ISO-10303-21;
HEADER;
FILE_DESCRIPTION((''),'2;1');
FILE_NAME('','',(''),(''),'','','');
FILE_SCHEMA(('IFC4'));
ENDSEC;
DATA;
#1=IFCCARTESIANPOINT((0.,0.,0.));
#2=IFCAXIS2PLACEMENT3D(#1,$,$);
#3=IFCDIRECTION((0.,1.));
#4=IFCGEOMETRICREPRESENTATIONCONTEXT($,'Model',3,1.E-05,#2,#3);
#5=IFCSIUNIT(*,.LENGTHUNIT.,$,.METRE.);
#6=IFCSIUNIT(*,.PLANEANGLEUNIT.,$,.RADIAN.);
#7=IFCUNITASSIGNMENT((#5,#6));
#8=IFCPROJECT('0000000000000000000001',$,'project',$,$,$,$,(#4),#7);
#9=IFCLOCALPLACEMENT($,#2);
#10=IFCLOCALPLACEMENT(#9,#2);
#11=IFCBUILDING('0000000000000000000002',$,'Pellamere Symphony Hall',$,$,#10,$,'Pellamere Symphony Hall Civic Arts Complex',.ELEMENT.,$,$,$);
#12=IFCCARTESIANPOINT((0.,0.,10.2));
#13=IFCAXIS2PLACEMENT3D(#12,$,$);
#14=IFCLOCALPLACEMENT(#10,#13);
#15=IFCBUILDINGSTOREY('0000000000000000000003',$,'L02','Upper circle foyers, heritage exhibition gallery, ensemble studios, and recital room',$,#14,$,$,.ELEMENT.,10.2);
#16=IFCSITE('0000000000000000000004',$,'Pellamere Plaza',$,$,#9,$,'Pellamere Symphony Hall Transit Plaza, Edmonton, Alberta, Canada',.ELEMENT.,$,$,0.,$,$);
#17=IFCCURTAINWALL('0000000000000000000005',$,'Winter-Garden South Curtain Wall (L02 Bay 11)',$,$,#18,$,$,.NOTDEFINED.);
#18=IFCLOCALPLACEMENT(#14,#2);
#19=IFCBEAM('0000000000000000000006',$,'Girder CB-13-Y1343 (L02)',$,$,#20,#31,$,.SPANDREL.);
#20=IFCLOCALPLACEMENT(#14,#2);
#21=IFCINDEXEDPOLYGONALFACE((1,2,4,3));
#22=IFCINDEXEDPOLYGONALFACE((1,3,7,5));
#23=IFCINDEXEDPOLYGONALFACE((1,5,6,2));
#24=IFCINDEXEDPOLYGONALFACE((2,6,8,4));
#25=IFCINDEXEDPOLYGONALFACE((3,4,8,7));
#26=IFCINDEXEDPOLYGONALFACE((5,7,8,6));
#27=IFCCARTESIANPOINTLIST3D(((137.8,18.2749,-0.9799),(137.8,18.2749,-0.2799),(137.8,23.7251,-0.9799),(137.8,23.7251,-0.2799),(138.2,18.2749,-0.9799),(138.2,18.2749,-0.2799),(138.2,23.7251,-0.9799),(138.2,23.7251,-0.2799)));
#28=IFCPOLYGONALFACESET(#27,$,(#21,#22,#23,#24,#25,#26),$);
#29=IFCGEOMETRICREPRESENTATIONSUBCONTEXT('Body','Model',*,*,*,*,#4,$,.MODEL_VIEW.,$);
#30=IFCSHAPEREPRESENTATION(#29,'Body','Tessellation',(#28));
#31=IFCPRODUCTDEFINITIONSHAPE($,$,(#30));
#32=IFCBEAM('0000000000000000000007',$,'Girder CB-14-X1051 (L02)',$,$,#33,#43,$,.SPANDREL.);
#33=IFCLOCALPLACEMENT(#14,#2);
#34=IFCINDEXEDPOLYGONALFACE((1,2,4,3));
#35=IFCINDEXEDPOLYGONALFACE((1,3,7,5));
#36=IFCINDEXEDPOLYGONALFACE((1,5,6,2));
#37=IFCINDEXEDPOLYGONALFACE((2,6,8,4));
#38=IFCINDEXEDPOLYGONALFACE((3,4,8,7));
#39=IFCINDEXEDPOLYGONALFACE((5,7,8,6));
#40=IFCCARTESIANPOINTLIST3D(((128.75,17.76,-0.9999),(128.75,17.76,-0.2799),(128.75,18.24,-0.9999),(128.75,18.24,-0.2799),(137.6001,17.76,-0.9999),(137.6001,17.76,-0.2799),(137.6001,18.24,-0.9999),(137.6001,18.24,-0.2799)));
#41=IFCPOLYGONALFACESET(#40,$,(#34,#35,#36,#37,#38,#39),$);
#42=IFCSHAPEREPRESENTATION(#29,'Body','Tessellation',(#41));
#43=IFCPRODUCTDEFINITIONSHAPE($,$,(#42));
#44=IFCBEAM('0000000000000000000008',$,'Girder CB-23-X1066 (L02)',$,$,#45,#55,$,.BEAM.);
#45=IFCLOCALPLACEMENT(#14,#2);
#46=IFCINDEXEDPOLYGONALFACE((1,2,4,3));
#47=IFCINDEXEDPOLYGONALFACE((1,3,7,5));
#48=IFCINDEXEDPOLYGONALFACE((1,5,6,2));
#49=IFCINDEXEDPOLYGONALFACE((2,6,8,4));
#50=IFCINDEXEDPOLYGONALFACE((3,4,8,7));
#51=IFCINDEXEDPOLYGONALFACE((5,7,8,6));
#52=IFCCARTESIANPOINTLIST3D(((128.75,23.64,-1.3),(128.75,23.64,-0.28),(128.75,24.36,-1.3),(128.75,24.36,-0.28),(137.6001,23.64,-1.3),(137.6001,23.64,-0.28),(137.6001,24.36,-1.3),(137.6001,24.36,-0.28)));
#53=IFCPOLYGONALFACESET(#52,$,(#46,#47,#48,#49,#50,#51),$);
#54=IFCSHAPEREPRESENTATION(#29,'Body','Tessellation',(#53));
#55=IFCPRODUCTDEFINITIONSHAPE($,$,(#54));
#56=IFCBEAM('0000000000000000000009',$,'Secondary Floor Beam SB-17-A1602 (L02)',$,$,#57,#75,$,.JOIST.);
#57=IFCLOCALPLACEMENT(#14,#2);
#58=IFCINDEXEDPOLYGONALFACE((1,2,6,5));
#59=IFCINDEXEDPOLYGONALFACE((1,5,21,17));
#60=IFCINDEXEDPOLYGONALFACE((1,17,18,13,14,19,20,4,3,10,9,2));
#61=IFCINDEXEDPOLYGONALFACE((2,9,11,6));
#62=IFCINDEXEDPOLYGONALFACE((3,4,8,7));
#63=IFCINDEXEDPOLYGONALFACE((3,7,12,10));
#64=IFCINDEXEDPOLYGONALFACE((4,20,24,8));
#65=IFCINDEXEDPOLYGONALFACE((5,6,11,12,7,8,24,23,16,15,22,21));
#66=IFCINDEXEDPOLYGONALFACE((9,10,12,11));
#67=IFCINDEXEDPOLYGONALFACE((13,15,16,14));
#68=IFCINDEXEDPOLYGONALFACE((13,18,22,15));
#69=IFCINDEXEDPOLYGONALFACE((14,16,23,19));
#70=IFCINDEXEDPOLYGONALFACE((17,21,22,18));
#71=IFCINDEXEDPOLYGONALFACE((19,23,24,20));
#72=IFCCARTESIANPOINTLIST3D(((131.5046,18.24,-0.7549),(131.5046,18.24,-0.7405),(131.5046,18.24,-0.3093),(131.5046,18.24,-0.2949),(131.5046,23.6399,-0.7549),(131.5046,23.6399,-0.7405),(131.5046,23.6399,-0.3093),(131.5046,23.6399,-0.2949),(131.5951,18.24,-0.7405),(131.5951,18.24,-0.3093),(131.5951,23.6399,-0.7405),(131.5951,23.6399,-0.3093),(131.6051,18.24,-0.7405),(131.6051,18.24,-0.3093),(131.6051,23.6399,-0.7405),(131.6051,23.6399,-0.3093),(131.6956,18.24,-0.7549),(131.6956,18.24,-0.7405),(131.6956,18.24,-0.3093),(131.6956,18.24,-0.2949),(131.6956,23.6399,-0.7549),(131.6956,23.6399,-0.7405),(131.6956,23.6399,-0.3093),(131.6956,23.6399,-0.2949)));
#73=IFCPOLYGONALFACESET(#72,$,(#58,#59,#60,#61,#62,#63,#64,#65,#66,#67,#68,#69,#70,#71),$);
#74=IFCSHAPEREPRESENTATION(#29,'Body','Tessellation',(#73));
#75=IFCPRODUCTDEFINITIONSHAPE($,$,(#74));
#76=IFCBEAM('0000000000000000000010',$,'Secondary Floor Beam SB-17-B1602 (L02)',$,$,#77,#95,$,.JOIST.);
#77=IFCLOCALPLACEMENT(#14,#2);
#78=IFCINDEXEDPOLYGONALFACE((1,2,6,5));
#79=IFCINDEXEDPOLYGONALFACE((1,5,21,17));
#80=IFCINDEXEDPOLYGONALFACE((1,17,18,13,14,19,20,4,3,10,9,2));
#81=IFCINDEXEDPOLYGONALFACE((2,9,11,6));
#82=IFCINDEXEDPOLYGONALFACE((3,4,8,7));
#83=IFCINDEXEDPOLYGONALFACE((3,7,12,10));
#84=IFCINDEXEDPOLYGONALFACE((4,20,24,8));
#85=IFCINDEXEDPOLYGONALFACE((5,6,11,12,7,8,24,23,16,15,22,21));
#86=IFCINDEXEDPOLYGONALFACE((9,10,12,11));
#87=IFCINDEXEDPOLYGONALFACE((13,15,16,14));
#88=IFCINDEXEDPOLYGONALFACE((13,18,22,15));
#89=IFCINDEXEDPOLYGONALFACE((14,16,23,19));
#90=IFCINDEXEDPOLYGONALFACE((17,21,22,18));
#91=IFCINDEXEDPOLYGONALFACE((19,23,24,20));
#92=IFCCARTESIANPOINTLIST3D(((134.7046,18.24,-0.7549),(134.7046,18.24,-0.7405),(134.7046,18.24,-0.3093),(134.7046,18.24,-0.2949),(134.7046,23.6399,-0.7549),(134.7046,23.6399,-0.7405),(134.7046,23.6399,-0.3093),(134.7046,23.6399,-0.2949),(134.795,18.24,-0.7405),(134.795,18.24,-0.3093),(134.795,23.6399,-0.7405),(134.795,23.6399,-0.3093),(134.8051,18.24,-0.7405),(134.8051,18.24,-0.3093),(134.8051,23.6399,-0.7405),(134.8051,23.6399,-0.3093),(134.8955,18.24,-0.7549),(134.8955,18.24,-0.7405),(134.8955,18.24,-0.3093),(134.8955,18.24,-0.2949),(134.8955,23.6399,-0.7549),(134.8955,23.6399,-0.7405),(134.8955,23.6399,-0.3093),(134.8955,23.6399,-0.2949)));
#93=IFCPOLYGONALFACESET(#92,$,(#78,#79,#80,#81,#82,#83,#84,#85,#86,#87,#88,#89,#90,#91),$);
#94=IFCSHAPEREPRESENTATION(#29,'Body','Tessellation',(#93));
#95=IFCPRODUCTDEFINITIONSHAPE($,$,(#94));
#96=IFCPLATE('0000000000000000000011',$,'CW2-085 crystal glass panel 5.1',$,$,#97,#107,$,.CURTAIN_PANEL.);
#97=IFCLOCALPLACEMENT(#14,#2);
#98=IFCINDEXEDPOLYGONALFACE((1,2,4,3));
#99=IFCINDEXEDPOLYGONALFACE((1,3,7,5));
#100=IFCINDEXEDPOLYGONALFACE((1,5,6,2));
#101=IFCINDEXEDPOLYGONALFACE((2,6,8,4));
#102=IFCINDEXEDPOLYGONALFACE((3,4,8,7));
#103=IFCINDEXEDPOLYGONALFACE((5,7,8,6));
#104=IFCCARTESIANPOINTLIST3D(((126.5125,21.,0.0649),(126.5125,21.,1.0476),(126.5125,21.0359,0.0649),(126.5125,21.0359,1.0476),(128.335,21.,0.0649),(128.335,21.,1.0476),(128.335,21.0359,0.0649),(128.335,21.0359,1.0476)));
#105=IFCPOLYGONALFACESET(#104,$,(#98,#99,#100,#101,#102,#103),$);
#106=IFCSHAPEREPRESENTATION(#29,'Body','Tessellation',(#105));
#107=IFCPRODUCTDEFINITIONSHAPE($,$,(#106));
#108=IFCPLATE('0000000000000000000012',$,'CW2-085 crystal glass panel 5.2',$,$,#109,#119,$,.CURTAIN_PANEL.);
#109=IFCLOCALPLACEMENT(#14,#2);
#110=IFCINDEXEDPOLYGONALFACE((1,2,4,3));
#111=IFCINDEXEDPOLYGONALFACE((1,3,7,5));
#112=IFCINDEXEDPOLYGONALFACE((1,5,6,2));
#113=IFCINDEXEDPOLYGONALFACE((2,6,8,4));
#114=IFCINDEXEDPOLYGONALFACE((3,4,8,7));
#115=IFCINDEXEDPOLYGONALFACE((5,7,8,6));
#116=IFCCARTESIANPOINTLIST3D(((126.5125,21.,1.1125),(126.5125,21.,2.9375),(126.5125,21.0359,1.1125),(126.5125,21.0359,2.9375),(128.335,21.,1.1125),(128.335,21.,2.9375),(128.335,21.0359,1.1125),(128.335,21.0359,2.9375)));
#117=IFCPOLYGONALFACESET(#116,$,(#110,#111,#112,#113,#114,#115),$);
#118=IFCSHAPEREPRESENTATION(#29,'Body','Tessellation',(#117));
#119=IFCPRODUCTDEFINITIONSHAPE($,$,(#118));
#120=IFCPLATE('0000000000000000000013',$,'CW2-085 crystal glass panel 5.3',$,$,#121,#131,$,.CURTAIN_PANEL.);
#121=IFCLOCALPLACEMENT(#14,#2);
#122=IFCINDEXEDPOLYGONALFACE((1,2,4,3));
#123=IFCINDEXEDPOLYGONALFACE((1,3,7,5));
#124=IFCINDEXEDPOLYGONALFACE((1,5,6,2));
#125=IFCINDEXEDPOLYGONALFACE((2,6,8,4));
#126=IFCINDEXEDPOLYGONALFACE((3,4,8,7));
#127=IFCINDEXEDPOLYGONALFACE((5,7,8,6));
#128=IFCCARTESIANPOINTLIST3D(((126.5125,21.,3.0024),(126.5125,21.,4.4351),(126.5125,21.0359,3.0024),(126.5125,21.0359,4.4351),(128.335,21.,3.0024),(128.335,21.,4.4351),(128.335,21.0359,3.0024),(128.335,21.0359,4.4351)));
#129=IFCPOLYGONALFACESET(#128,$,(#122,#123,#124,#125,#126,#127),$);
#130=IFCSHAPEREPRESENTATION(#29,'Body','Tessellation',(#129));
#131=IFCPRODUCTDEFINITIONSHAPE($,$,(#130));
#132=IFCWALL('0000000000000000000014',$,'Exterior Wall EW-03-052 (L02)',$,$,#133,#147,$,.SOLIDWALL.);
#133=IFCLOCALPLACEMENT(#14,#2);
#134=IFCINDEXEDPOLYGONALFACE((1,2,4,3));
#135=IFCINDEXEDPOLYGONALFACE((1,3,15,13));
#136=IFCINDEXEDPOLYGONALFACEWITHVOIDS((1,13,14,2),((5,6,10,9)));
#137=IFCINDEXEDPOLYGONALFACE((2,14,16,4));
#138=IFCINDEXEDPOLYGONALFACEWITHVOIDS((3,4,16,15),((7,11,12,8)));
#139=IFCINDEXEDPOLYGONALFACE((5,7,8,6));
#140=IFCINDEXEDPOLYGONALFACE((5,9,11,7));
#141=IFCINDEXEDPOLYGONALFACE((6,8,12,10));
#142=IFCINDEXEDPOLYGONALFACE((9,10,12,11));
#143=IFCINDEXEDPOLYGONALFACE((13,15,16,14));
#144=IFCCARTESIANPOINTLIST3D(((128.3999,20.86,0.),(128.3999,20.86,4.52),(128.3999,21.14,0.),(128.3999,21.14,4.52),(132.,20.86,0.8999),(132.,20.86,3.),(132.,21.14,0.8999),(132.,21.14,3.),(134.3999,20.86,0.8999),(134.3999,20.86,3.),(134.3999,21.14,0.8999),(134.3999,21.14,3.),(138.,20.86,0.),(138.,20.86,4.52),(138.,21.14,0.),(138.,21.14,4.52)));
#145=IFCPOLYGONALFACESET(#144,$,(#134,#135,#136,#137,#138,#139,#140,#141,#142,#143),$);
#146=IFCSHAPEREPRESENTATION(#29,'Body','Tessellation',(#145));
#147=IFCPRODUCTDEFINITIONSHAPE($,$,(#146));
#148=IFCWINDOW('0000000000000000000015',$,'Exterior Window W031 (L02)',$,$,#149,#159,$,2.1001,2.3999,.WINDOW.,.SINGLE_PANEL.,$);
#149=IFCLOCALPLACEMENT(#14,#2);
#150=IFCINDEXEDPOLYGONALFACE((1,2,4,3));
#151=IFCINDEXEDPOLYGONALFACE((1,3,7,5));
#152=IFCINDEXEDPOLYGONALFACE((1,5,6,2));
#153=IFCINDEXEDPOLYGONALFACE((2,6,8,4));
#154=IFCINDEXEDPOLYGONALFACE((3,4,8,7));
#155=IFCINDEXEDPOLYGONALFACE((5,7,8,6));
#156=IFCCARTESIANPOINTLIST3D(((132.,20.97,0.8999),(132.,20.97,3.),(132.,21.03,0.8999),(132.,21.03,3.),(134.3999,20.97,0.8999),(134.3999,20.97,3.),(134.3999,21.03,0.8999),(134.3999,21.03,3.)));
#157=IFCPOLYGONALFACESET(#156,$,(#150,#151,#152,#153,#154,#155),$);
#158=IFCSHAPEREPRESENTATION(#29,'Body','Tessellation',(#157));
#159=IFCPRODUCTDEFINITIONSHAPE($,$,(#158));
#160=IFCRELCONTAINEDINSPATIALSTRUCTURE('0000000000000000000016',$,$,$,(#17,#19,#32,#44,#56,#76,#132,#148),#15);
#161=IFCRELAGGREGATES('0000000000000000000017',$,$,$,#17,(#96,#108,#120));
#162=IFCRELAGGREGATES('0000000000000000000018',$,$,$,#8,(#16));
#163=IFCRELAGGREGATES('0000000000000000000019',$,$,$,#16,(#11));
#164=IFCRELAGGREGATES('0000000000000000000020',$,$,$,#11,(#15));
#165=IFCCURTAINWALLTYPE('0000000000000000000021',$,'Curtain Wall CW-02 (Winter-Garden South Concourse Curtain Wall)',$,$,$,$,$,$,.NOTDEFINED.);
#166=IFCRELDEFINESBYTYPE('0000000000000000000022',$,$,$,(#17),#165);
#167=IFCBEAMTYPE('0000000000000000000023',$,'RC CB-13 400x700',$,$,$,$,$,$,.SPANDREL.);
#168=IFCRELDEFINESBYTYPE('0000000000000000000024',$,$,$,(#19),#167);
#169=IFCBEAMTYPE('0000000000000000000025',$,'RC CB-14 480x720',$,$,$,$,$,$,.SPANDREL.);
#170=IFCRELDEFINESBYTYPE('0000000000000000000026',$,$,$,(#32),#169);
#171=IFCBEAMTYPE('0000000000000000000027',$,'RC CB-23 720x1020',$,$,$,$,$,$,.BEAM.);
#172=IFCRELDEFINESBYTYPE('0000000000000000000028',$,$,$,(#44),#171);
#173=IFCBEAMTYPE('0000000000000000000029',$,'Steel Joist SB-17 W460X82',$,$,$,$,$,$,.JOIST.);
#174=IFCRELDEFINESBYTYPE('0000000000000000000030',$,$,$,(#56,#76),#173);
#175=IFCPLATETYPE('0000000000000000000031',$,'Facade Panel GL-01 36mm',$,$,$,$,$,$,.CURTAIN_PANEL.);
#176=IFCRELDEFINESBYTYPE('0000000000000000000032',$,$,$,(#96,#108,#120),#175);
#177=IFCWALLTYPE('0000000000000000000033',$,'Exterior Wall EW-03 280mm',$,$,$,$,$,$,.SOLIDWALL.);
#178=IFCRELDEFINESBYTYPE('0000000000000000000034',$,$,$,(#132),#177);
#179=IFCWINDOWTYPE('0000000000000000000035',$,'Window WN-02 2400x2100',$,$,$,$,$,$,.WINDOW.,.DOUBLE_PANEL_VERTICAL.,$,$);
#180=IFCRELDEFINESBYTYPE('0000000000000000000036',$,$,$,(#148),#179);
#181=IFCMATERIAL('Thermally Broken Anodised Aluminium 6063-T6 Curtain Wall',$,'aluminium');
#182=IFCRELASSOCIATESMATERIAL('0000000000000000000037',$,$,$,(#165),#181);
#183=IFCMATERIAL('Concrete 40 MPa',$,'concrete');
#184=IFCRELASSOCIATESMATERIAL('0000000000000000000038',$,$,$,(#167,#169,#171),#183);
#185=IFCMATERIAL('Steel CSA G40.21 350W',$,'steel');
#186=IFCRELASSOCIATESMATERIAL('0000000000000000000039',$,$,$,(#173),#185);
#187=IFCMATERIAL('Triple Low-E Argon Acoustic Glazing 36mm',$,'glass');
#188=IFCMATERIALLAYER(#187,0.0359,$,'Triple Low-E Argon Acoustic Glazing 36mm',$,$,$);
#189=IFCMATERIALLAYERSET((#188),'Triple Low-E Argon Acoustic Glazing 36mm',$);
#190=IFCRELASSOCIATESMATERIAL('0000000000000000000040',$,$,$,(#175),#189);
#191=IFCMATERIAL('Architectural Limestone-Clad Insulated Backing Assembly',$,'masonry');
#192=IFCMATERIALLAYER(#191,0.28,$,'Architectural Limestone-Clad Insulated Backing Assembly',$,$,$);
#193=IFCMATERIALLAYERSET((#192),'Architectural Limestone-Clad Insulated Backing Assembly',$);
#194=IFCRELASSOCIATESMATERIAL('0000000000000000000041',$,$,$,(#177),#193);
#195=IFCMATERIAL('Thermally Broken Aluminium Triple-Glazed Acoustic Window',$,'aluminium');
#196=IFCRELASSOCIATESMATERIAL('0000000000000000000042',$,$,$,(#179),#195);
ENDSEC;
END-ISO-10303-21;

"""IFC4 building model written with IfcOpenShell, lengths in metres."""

from ifc_helpers import new_model, si_unit, direction, frame, frame_2d, origin, origin_2d, place, context, subcontext, project, spatial, polyline, rectangle, i_section, outline, extrude, material, layer, layer_set, material_profile, profile_set, type_object, element, fill, aggregate, save


model = new_model("IFC4")

# Units and contexts
model_context = context("Model", 3, precision=1e-05, world=origin(), true_north=direction((0.0, 1.0)))
body_context = subcontext(model_context, "Body", "Model", "MODEL_VIEW")
ifc_project = project(units=[si_unit("LENGTHUNIT", "METRE"), si_unit("PLANEANGLEUNIT", "RADIAN")], contexts=[model_context])

# Site, building, storey
site_placement = place(None, origin())
site = spatial("IfcSite", under=ifc_project, at=site_placement, Name="Pellamere Plaza", LongName="Pellamere Symphony Hall Transit Plaza, Edmonton, Alberta, Canada", CompositionType="ELEMENT", RefElevation=0.0)
building_placement = place(site_placement, origin())
building = spatial("IfcBuilding", under=site, at=building_placement, Name="Pellamere Symphony Hall", LongName="Pellamere Symphony Hall Civic Arts Complex", CompositionType="ELEMENT")
storey_placement = place(building_placement, frame((0.0, 0.0, 10.2)))
storey = spatial("IfcBuildingStorey", under=building, at=storey_placement, Name="L02", Description="Upper circle foyers, heritage exhibition gallery, ensemble studios, and recital room", CompositionType="ELEMENT", Elevation=10.2)

# Shared definitions
ifc_material_1 = material(Name="Concrete 40 MPa", Category="concrete")

# Curtain wall
ifc_material_2 = material(Name="Thermally Broken Anodised Aluminium 6063-T6 Curtain Wall", Category="aluminium")
curtain_wall_type = type_object("IfcCurtainWallType", Name="Curtain Wall CW-02 (Winter-Garden South Concourse Curtain Wall)", PredefinedType="NOTDEFINED", material=ifc_material_2)
curtain_wall_placement = place(storey_placement, origin())
curtain_wall = element("IfcCurtainWall", 1, at=curtain_wall_placement, inside=storey, type_object=curtain_wall_type, Name="Winter-Garden South Curtain Wall (L02 Bay 11)", PredefinedType="NOTDEFINED")

# Beams
ifc_material_profile_1 = material_profile(ifc_material_1, rectangle(XDim=0.3999, YDim=0.7, at=origin_2d()), Name="RC 400x700")
ifc_profile_set_1 = profile_set([ifc_material_profile_1], Name="Concrete 40 MPa")
beam_type_1 = type_object("IfcBeamType", Name="RC CB-13 400x700", PredefinedType="SPANDREL", material=ifc_profile_set_1)
beam_1_placement = place(storey_placement, frame((138.0, 18.2749, -0.6299), z_axis=(0.0, 1.0, 0.0), x_axis=(-1.0, 0.0, 0.0)))
element("IfcBeam", 2, at=beam_1_placement, inside=storey, type_object=beam_type_1, Name="Girder CB-13-Y1343 (L02)", PredefinedType="SPANDREL", context=body_context, shape_type="SweptSolid", body=[
    extrude(rectangle(XDim=0.3999, YDim=0.7, at=origin_2d()), origin(), (0.0, 0.0, 1.0), 5.4502),
])
ifc_material_profile_2 = material_profile(ifc_material_1, rectangle(XDim=0.48, YDim=0.72, at=origin_2d()), Name="RC 480x720")
ifc_profile_set_2 = profile_set([ifc_material_profile_2], Name="Concrete 40 MPa")
beam_type_2 = type_object("IfcBeamType", Name="RC CB-14 480x720", PredefinedType="SPANDREL", material=ifc_profile_set_2)
beam_2_placement = place(storey_placement, frame((128.75, 18.0, -0.6399), z_axis=(1.0, 0.0, 0.0), x_axis=(0.0, 1.0, 0.0)))
element("IfcBeam", 3, at=beam_2_placement, inside=storey, type_object=beam_type_2, Name="Girder CB-14-X1051 (L02)", PredefinedType="SPANDREL", context=body_context, shape_type="SweptSolid", body=[
    extrude(rectangle(XDim=0.48, YDim=0.72, at=origin_2d()), origin(), (0.0, 0.0, 1.0), 8.8501),
])
ifc_material_profile_3 = material_profile(ifc_material_1, rectangle(XDim=0.72, YDim=1.02, at=origin_2d()), Name="RC 720x1020")
ifc_profile_set_3 = profile_set([ifc_material_profile_3], Name="Concrete 40 MPa")
beam_type_3 = type_object("IfcBeamType", Name="RC CB-23 720x1020", PredefinedType="BEAM", material=ifc_profile_set_3)
beam_3_placement = place(storey_placement, frame((128.75, 24.0, -0.79), z_axis=(1.0, 0.0, 0.0), x_axis=(0.0, 1.0, 0.0)))
element("IfcBeam", 4, at=beam_3_placement, inside=storey, type_object=beam_type_3, Name="Girder CB-23-X1066 (L02)", PredefinedType="BEAM", context=body_context, shape_type="SweptSolid", body=[
    extrude(rectangle(XDim=0.72, YDim=1.02, at=origin_2d()), origin(), (0.0, 0.0, 1.0), 8.8501),
])
ifc_material_3 = material(Name="Steel CSA G40.21 350W", Category="steel")
ifc_material_profile_4 = material_profile(ifc_material_3, i_section(OverallWidth=0.1909, OverallDepth=0.46, WebThickness=0.01, FlangeThickness=0.0144, at=origin_2d()), Name="W460X82")
ifc_profile_set_4 = profile_set([ifc_material_profile_4], Name="Steel CSA G40.21 350W")
beam_type_4 = type_object("IfcBeamType", Name="Steel Joist SB-17 W460X82", PredefinedType="JOIST", material=ifc_profile_set_4)
for number, where, z_axis, x_axis, name in (
    (5, (131.6001, 18.24, -0.5249), (0.0, 1.0, 0.0), (-1.0, 0.0, 0.0), "Secondary Floor Beam SB-17-A1602 (L02)"),
    (6, (134.8, 18.24, -0.5249), (0.0, 1.0, 0.0), (-1.0, 0.0, 0.0), "Secondary Floor Beam SB-17-B1602 (L02)"),
):
    element("IfcBeam", number, at=place(storey_placement, frame(where, z_axis=z_axis, x_axis=x_axis)), inside=storey, type_object=beam_type_4, Name=name, PredefinedType="JOIST", context=body_context, shape_type="SweptSolid", body=[
        extrude(i_section(OverallWidth=0.1909, OverallDepth=0.46, WebThickness=0.01, FlangeThickness=0.0144, at=origin_2d()), origin(), (0.0, 0.0, 1.0), 5.3999),
    ])

# Plates
ifc_material_4 = material(Name="Triple Low-E Argon Acoustic Glazing 36mm", Category="glass")
ifc_layer_1 = layer(ifc_material_4, 0.0359, Name="Triple Low-E Argon Acoustic Glazing 36mm")
ifc_layer_set_1 = layer_set([ifc_layer_1], Name="Triple Low-E Argon Acoustic Glazing 36mm")
plate_type = type_object("IfcPlateType", Name="Facade Panel GL-01 36mm", PredefinedType="CURTAIN_PANEL", material=ifc_layer_set_1)
plate_1_placement = place(storey_placement, frame((126.5125, 21.0, 0.0649), z_axis=(0.0, -1.0, 0.0), x_axis=(1.0, 0.0, 0.0)))
plate_1 = element("IfcPlate", 7, at=plate_1_placement, type_object=plate_type, Name="CW2-085 crystal glass panel 5.1", PredefinedType="CURTAIN_PANEL", context=body_context, shape_type="SweptSolid", body=[
    extrude(outline(polyline([(0.0, 0.0), (1.8225, 0.0), (1.8225, 0.9827), (0.0, 0.9827), (0.0, 0.0)])), origin(), (0.0, 0.0, -1.0), 0.0359),
])
plate_2_placement = place(storey_placement, frame((126.5125, 21.0, 1.1125), z_axis=(0.0, -1.0, 0.0), x_axis=(1.0, 0.0, 0.0)))
plate_2 = element("IfcPlate", 8, at=plate_2_placement, type_object=plate_type, Name="CW2-085 crystal glass panel 5.2", PredefinedType="CURTAIN_PANEL", context=body_context, shape_type="SweptSolid", body=[
    extrude(outline(polyline([(0.0, 0.0), (1.8225, 0.0), (1.8225, 1.825), (0.0, 1.825), (0.0, 0.0)])), origin(), (0.0, 0.0, -1.0), 0.0359),
])
plate_3_placement = place(storey_placement, frame((126.5125, 21.0, 3.0024), z_axis=(0.0, -1.0, 0.0), x_axis=(1.0, 0.0, 0.0)))
plate_3 = element("IfcPlate", 9, at=plate_3_placement, type_object=plate_type, Name="CW2-085 crystal glass panel 5.3", PredefinedType="CURTAIN_PANEL", context=body_context, shape_type="SweptSolid", body=[
    extrude(outline(polyline([(0.0, 0.0), (1.8225, 0.0), (1.8225, 1.4326), (0.0, 1.4326), (0.0, 0.0)])), origin(), (0.0, 0.0, -1.0), 0.0359),
])
aggregate(curtain_wall, [plate_1, plate_2, plate_3])

# Wall, opening, window
ifc_material_5 = material(Name="Architectural Limestone-Clad Insulated Backing Assembly", Category="masonry")
ifc_layer_2 = layer(ifc_material_5, 0.28, Name="Architectural Limestone-Clad Insulated Backing Assembly")
ifc_layer_set_2 = layer_set([ifc_layer_2], Name="Architectural Limestone-Clad Insulated Backing Assembly")
wall_type = type_object("IfcWallType", Name="Exterior Wall EW-03 280mm", PredefinedType="SOLIDWALL", material=ifc_layer_set_2)
wall_1_placement = place(storey_placement, frame((128.3999, 21.0, 0.0), z_axis=(0.0, 0.0, 1.0), x_axis=(1.0, 0.0, 0.0)))
wall_1 = element("IfcWall", 10, at=wall_1_placement, inside=storey, type_object=wall_type, Name="Exterior Wall EW-03-052 (L02)", PredefinedType="SOLIDWALL", context=body_context, shape_type="SweptSolid", body=[
    extrude(rectangle(XDim=9.6001, YDim=0.28, at=frame_2d((4.8, 0.0))), origin(), (0.0, 0.0, 1.0), 4.52),
])
opening_1_placement = place(wall_1_placement, frame((3.6001, 0.0, 0.8999)))
opening_1 = element("IfcOpeningElement", 11, at=opening_1_placement, cuts=wall_1, PredefinedType="OPENING", context=body_context, shape_type="SweptSolid", body=[
    extrude(rectangle(XDim=2.3999, YDim=2.1001, at=frame_2d((1.2, 1.05))), frame((0.0, 0.1499, 0.0), z_axis=(0.0, -1.0, 0.0), x_axis=(1.0, 0.0, 0.0)), (0.0, 0.0, 1.0), 0.3),
])
ifc_material_6 = material(Name="Thermally Broken Aluminium Triple-Glazed Acoustic Window", Category="aluminium")
window_type_1 = type_object("IfcWindowType", Name="Window WN-02 2400x2100", PartitioningType="DOUBLE_PANEL_VERTICAL", PredefinedType="WINDOW", material=ifc_material_6)
window_1_placement = place(opening_1_placement, origin())
window_1 = element("IfcWindow", 12, at=window_1_placement, inside=storey, type_object=window_type_1, Name="Exterior Window W031 (L02)", OverallHeight=2.1001, OverallWidth=2.3999, PartitioningType="SINGLE_PANEL", PredefinedType="WINDOW", context=body_context, shape_type="SweptSolid", body=[
    extrude(rectangle(XDim=2.3999, YDim=2.1001, at=frame_2d((1.2, 1.05))), frame((0.0, 0.03, 0.0), z_axis=(0.0, -1.0, 0.0), x_axis=(1.0, 0.0, 0.0)), (0.0, 0.0, 1.0), 0.0601),
])
fill(opening_1, window_1)

save(model, "model.ifc")
